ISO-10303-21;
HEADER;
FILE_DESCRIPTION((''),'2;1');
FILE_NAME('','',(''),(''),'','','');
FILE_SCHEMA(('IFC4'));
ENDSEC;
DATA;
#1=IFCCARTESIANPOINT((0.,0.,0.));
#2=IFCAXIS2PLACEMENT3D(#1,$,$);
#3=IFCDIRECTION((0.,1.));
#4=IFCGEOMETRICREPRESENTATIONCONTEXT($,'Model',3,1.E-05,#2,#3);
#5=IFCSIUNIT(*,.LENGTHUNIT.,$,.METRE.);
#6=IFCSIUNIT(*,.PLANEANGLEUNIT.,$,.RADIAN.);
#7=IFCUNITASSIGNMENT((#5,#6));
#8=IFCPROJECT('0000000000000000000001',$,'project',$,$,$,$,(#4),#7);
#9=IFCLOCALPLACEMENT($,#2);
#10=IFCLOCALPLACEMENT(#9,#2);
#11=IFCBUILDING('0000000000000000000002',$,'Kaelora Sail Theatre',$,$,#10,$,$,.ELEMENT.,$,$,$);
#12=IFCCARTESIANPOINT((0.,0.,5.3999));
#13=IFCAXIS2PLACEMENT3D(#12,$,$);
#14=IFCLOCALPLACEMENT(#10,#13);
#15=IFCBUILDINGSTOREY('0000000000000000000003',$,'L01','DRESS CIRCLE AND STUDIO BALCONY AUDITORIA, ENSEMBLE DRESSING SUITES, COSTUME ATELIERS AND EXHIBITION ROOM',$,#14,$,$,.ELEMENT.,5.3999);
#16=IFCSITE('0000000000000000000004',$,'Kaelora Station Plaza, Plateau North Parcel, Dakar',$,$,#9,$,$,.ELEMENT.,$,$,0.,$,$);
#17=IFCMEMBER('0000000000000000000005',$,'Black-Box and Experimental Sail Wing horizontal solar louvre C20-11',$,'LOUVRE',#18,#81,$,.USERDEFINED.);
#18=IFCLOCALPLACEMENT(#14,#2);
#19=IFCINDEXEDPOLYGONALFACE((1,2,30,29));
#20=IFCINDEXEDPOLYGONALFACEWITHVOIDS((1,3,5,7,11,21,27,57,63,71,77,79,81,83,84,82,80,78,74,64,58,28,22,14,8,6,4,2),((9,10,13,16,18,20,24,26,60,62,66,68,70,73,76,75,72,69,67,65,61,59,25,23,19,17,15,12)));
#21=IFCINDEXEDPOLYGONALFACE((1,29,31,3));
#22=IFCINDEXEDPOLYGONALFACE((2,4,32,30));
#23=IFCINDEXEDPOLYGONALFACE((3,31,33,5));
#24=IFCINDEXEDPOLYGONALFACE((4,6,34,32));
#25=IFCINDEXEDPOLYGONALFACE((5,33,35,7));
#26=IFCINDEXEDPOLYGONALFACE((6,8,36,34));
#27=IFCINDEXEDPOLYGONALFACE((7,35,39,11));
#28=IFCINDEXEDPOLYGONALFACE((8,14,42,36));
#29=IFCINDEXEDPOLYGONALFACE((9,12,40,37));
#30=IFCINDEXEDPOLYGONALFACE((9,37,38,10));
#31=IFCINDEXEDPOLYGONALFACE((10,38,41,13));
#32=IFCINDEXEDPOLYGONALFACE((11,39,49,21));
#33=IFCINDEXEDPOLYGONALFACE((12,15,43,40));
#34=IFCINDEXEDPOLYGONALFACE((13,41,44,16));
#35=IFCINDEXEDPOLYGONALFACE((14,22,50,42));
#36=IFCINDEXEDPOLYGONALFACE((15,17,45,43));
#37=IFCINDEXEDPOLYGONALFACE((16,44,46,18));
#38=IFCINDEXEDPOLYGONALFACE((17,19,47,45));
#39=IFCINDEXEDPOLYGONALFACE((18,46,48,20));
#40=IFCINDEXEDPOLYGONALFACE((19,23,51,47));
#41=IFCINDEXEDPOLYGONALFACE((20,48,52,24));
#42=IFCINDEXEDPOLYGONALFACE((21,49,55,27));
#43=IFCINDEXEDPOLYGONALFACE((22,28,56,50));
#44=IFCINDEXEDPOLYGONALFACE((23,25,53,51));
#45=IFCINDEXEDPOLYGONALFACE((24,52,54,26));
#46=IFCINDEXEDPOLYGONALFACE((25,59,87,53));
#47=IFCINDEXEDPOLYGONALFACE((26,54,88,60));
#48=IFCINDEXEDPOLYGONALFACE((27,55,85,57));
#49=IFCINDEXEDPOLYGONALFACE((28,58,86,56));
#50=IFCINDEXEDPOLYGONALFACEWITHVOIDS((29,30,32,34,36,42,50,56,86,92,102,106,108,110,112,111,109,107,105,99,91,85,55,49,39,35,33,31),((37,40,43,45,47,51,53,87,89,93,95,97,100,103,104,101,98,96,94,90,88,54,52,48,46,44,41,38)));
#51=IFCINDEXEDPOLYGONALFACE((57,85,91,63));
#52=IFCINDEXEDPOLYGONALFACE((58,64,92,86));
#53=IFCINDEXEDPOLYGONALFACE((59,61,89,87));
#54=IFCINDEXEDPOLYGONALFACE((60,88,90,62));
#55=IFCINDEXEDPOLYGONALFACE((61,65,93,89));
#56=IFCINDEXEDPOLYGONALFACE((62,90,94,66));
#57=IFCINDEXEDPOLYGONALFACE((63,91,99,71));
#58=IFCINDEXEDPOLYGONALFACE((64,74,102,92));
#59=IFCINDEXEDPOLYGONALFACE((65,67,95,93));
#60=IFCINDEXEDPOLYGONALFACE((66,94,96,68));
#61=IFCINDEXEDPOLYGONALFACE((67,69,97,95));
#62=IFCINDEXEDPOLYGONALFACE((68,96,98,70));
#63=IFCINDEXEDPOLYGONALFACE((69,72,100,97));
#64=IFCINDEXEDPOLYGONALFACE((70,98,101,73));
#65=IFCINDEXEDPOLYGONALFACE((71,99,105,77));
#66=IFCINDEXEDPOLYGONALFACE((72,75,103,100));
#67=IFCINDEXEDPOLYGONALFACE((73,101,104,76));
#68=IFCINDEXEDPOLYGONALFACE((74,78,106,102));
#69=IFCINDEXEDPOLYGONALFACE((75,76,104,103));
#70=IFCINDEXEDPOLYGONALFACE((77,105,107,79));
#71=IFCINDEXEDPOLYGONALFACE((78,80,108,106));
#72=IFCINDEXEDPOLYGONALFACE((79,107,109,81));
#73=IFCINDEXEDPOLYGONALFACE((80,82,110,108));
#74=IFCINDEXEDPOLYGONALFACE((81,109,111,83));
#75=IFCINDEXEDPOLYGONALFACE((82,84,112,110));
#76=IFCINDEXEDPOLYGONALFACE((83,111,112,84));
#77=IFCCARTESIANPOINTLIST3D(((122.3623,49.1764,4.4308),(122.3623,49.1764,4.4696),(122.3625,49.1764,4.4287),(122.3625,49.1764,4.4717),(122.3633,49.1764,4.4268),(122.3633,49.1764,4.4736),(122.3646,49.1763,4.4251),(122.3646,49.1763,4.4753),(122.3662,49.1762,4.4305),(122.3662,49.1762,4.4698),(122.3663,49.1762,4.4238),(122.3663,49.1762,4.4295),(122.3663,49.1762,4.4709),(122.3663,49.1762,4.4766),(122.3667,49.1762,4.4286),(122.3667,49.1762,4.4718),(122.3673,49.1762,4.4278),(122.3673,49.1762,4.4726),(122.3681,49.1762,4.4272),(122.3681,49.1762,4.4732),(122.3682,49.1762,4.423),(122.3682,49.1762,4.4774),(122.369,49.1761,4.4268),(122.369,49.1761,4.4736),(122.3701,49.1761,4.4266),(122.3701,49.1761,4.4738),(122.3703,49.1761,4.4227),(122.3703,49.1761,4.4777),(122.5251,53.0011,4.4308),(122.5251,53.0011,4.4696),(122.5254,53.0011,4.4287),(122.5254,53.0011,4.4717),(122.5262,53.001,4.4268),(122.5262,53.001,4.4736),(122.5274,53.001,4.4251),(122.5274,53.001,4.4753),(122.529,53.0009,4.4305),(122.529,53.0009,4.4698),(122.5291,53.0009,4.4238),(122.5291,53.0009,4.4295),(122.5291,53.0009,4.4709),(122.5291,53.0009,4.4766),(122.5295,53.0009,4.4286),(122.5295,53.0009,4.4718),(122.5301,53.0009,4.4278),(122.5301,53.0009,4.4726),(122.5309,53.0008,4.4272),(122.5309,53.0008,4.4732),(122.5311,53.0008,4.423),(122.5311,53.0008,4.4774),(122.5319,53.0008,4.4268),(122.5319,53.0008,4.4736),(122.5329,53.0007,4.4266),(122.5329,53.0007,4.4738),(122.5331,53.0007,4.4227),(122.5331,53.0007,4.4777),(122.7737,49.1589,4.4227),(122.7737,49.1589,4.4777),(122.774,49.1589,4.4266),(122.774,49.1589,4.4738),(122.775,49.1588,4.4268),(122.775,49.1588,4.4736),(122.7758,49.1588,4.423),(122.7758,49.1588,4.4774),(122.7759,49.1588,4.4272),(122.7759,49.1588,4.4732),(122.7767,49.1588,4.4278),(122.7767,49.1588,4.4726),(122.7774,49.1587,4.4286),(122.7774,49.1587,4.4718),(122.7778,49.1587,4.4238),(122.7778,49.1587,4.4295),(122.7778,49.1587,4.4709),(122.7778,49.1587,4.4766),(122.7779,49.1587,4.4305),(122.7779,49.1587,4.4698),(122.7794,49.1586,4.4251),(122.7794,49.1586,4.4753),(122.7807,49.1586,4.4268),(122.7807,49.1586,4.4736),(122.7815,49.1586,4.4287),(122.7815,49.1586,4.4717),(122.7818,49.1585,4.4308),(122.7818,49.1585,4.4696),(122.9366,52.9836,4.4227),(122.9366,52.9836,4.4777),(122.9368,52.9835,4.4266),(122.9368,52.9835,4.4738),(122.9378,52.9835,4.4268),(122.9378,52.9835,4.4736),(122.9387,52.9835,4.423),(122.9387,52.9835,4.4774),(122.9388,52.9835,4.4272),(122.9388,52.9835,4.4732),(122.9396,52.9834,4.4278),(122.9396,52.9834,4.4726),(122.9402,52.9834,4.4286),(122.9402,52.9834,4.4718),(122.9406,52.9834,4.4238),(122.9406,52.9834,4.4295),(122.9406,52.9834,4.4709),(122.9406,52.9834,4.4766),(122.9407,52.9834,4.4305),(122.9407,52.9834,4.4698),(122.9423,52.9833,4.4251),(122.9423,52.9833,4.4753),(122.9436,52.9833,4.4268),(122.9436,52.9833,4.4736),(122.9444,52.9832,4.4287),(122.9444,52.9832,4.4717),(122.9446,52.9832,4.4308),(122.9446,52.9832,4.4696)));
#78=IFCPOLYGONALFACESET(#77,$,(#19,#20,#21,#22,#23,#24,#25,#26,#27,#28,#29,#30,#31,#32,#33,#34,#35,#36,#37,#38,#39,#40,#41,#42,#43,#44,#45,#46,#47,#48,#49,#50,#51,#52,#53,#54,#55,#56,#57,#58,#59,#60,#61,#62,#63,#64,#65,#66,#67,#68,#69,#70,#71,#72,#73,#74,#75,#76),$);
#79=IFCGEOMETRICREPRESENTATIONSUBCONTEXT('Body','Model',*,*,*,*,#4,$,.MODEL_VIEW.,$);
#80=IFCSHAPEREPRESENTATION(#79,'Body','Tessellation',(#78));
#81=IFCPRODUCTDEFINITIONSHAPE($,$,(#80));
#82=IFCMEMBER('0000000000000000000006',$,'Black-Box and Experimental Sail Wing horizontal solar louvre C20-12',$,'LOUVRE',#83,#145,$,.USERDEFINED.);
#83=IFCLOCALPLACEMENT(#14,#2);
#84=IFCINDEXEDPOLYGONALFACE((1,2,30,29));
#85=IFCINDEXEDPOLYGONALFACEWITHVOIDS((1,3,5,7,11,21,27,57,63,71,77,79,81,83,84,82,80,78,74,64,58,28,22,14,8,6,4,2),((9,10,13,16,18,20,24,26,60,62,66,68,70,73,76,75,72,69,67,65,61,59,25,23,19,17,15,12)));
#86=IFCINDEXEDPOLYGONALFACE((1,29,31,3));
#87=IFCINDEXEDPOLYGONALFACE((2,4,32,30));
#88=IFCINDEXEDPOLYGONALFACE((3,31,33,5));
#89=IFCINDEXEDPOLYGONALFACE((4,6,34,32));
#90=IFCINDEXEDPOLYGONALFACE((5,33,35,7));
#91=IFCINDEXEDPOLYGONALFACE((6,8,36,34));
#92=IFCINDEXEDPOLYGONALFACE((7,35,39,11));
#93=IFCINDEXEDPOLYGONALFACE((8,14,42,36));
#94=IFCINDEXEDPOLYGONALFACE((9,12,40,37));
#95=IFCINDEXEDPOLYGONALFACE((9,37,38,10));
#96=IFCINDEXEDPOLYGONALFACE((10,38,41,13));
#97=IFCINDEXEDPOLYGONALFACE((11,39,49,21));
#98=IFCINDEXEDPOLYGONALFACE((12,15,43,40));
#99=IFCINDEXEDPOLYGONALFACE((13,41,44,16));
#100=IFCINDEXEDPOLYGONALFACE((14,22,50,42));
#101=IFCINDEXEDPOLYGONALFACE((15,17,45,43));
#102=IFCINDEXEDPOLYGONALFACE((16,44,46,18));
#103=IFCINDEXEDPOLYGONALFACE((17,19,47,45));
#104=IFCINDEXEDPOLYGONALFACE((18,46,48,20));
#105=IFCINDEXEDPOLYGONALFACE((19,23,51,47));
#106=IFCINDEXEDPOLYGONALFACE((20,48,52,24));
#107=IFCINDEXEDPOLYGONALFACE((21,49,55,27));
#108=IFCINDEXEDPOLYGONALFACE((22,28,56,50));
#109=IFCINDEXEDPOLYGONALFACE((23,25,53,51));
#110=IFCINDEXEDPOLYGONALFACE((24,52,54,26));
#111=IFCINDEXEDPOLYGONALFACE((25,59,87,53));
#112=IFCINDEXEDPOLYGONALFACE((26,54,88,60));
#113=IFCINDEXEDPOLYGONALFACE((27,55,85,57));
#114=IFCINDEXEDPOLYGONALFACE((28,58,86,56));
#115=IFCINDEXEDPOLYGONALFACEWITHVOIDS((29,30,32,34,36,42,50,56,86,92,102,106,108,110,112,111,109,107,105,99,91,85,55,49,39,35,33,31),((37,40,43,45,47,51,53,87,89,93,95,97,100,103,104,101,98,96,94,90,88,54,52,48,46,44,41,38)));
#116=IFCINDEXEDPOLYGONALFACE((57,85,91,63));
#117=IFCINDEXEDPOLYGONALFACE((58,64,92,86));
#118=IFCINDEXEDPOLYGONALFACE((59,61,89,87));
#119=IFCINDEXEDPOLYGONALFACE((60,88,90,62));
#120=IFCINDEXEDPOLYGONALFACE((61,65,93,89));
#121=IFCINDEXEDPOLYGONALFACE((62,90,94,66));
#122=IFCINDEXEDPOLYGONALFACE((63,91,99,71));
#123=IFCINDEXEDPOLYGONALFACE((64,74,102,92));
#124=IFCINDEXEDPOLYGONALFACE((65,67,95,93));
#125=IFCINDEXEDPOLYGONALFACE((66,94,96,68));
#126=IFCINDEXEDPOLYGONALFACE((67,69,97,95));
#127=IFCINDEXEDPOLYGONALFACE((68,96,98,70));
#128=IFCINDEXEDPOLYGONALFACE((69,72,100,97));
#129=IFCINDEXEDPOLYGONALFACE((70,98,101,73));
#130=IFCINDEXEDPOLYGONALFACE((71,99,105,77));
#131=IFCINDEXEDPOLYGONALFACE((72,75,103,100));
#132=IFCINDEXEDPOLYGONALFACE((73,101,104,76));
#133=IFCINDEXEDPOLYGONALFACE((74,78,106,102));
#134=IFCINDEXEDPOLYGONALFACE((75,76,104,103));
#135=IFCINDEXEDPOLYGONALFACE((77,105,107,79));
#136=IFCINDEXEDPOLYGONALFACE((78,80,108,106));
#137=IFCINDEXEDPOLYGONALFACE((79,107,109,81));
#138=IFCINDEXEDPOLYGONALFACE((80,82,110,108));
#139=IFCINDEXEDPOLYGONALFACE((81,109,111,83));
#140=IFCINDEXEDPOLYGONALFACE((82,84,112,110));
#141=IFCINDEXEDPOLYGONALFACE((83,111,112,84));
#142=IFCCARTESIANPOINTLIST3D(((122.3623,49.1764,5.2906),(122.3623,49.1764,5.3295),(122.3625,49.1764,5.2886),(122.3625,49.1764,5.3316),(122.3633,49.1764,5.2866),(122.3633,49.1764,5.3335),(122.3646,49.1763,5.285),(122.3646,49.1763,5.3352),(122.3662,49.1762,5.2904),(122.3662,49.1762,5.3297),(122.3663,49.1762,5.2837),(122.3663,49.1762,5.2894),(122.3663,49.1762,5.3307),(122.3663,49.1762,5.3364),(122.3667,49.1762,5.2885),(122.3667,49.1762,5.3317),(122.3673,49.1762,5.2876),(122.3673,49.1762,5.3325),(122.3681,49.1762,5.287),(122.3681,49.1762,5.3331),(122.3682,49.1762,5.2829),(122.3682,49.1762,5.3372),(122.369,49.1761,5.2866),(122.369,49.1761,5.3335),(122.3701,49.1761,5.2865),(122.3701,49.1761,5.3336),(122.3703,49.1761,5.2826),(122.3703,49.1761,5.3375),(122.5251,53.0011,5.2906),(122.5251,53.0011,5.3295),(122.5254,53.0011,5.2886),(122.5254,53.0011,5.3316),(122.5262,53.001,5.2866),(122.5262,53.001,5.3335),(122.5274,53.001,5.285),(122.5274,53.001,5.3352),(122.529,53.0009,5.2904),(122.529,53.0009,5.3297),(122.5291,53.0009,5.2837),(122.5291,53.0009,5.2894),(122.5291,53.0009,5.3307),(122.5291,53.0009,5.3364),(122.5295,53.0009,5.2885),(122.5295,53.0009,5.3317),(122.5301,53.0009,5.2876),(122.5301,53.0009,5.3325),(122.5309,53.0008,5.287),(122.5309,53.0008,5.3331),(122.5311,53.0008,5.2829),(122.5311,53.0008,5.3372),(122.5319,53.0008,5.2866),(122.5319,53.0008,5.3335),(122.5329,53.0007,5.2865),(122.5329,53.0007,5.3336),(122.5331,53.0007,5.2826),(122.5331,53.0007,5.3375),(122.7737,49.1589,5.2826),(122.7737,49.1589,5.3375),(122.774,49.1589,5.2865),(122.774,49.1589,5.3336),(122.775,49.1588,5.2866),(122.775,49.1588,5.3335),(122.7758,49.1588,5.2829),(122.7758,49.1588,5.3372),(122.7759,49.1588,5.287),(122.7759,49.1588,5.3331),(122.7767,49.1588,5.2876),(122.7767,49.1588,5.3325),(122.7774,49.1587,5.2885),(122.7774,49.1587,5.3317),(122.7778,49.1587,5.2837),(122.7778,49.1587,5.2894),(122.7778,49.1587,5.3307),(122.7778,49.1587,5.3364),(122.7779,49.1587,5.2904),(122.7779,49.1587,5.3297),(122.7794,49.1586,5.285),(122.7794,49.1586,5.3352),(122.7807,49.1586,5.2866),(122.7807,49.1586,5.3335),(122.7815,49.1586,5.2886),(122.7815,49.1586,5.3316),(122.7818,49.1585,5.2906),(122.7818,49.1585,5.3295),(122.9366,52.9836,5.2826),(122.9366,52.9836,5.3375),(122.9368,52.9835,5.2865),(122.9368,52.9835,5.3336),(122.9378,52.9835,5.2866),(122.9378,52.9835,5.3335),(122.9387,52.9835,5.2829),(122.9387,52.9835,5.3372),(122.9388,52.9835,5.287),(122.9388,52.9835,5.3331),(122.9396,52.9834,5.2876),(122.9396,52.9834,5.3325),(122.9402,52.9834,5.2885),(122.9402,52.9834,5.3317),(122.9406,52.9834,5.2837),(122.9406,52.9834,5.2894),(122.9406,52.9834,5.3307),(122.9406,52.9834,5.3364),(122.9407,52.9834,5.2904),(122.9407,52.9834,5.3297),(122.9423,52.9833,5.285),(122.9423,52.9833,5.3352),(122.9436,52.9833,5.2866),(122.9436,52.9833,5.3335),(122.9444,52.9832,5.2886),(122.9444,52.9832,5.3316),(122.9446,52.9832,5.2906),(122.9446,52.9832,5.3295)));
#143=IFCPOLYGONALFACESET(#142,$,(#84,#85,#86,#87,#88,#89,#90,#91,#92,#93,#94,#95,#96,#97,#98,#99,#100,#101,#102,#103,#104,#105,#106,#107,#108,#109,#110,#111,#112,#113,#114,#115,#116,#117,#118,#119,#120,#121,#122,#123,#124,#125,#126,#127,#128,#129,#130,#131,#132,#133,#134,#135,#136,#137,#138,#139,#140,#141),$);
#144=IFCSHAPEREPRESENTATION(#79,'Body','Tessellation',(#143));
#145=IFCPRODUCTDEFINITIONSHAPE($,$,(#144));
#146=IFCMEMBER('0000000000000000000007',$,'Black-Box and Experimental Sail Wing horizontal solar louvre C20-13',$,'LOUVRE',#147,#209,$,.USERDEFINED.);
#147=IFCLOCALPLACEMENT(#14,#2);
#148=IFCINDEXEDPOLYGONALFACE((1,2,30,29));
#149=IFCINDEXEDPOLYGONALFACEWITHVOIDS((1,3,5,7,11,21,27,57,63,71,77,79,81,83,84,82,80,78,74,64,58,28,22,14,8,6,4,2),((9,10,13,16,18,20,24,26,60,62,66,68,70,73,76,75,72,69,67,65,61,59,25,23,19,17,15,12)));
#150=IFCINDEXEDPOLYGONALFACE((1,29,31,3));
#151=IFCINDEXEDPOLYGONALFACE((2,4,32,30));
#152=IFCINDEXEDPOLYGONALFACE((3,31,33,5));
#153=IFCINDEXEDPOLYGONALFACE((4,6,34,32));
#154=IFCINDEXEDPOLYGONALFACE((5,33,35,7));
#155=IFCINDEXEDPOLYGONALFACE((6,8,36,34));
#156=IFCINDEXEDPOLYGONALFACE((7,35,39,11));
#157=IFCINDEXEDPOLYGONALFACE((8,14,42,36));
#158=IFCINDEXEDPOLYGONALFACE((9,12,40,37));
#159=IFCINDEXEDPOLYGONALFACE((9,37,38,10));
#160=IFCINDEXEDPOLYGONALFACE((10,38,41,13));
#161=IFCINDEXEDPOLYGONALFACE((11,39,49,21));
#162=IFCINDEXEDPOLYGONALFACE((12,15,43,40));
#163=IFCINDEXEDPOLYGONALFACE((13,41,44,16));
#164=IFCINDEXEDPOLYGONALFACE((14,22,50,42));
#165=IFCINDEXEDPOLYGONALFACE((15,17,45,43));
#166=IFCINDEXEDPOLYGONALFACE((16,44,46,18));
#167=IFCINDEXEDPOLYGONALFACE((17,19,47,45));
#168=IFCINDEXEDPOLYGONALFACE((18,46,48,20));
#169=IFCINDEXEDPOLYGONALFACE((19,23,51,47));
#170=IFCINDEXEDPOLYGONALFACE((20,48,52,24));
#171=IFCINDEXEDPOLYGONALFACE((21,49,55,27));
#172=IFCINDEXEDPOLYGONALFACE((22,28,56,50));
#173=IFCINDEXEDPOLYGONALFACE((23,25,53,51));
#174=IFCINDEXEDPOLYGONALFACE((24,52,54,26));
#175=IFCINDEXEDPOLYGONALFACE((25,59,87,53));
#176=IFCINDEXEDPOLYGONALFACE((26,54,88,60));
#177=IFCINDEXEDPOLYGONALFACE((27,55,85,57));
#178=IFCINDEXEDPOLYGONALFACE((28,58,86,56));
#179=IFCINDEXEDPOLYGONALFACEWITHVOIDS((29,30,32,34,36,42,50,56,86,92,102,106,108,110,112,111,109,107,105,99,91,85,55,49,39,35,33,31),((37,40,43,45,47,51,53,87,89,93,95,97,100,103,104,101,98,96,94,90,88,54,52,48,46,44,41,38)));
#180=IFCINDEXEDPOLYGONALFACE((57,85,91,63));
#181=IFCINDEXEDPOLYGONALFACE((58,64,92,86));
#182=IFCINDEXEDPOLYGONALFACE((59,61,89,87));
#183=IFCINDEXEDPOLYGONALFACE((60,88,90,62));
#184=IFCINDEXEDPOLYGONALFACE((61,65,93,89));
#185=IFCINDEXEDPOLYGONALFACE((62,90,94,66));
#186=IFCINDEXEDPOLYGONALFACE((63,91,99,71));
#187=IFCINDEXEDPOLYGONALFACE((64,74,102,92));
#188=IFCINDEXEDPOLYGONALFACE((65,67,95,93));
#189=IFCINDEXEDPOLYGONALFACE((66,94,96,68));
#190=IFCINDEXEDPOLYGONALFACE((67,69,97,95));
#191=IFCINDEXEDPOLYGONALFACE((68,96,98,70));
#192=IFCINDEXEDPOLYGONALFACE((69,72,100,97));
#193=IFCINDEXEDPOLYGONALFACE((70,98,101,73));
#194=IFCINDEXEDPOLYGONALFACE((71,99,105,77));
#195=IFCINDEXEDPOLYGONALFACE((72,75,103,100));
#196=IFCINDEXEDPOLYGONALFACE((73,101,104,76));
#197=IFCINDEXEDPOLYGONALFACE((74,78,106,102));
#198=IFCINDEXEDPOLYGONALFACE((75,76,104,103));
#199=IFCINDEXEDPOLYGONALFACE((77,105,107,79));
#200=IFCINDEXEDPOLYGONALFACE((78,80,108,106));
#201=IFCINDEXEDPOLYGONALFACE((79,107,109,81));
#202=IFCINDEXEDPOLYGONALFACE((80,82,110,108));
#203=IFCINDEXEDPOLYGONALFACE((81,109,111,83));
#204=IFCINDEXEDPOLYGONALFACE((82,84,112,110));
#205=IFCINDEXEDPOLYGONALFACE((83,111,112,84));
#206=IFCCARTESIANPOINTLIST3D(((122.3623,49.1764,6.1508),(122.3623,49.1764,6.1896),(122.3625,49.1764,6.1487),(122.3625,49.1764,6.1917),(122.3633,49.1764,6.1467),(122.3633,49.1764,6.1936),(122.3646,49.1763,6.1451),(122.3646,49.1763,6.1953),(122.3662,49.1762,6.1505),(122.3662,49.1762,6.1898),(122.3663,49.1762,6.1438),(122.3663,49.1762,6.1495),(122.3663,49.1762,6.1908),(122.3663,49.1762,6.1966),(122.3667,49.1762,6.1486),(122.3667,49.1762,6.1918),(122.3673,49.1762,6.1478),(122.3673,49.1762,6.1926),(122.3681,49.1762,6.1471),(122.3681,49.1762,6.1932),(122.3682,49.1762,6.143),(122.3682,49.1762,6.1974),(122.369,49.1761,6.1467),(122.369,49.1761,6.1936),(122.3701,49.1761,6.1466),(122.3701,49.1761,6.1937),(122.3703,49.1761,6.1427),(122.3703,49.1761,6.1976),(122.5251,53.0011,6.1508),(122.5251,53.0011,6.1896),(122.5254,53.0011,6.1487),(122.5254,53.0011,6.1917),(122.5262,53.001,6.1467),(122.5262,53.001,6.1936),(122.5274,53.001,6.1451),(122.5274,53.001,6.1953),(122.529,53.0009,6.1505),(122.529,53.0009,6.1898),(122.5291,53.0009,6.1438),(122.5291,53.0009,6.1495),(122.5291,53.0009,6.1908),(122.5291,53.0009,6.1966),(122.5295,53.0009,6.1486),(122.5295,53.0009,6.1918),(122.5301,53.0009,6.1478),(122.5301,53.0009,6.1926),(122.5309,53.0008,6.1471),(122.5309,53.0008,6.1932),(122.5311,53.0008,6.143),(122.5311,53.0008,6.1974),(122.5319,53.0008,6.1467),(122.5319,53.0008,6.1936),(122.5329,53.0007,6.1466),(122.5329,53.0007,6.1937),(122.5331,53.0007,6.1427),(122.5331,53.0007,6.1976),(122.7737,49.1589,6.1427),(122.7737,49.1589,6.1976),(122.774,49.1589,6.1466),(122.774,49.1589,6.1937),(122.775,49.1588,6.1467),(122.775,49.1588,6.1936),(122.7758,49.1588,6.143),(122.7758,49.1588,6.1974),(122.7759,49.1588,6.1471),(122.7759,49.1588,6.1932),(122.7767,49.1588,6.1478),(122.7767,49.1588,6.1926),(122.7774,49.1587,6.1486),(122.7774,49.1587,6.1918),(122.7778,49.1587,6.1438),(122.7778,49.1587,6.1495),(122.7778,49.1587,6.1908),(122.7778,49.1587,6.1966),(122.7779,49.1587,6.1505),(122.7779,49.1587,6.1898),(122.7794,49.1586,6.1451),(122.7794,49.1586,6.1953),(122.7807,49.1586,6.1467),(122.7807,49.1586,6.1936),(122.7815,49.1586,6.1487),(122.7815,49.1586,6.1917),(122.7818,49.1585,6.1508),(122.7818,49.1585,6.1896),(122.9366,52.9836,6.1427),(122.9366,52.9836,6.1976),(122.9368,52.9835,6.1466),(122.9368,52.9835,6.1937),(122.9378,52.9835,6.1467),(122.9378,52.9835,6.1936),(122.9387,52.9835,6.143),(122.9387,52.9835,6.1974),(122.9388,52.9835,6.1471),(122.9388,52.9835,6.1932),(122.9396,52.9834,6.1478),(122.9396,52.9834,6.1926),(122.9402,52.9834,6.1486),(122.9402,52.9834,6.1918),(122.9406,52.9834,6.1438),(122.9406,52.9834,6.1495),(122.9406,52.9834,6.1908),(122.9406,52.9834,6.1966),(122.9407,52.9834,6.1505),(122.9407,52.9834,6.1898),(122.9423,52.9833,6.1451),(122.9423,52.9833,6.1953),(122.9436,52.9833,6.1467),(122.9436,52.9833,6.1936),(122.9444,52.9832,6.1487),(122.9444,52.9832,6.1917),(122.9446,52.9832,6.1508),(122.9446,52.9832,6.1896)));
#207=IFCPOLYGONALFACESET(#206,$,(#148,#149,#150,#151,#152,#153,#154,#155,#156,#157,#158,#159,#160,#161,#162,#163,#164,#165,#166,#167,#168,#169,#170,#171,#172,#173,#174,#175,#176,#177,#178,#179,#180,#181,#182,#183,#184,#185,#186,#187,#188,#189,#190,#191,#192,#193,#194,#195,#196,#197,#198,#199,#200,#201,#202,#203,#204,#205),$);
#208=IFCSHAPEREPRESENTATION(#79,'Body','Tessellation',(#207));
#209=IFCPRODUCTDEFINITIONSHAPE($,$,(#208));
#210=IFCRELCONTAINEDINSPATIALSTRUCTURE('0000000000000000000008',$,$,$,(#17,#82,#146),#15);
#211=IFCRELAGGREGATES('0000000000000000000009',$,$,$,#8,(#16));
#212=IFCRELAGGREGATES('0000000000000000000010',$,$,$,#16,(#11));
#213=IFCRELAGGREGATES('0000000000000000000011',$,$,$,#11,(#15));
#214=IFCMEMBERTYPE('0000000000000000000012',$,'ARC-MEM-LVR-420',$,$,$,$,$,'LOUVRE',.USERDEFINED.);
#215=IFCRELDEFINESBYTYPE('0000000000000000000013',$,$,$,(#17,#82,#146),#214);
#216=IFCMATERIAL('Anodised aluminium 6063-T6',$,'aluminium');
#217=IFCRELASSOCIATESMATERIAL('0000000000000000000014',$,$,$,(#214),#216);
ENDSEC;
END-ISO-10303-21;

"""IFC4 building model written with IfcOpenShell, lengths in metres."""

from ifc_helpers import new_model, si_unit, direction, frame, origin, origin_2d, place, context, subcontext, project, spatial, hollow_rectangle, extrude, material, material_profile, profile_set, type_object, element, save


model = new_model("IFC4")

# Units and contexts
model_context = context("Model", 3, precision=1e-05, world=origin(), true_north=direction((0.0, 1.0)))
body_context = subcontext(model_context, "Body", "Model", "MODEL_VIEW")
ifc_project = project(units=[si_unit("LENGTHUNIT", "METRE"), si_unit("PLANEANGLEUNIT", "RADIAN")], contexts=[model_context])

# Site, building, storey
site_placement = place(None, origin())
site = spatial("IfcSite", under=ifc_project, at=site_placement, Name="Kaelora Station Plaza, Plateau North Parcel, Dakar", CompositionType="ELEMENT", RefElevation=0.0)
building_placement = place(site_placement, origin())
building = spatial("IfcBuilding", under=site, at=building_placement, Name="Kaelora Sail Theatre", CompositionType="ELEMENT")
storey_placement = place(building_placement, frame((0.0, 0.0, 5.3999)))
storey = spatial("IfcBuildingStorey", under=building, at=storey_placement, Name="L01", Description="DRESS CIRCLE AND STUDIO BALCONY AUDITORIA, ENSEMBLE DRESSING SUITES, COSTUME ATELIERS AND EXHIBITION ROOM", CompositionType="ELEMENT", Elevation=5.3999)

# Members
ifc_material_1 = material(Name="Anodised aluminium 6063-T6", Category="aluminium")
ifc_material_profile_1 = material_profile(ifc_material_1, hollow_rectangle(XDim=0.4199, YDim=0.0549, WallThickness=0.0039, InnerFilletRadius=0.0039, OuterFilletRadius=0.0081, at=origin_2d()), Name="LOUVRE 420x55x4")
ifc_profile_set_1 = profile_set([ifc_material_profile_1], Name="Anodised aluminium 6063-T6")
member_type_1 = type_object("IfcMemberType", Name="ARC-MEM-LVR-420", ElementType="LOUVRE", PredefinedType="USERDEFINED", material=ifc_profile_set_1)
for number, where, z_axis, x_axis, name in (
    (1, (122.572, 49.1675, 4.4502), (0.042538, 0.999095, 0.0), (-0.999095, 0.042538, 0.0), "Black-Box and Experimental Sail Wing horizontal solar louvre C20-11"),
    (2, (122.572, 49.1675, 5.3101), (0.042538, 0.999095, 0.0), (-0.999095, 0.042538, 0.0), "Black-Box and Experimental Sail Wing horizontal solar louvre C20-12"),
    (3, (122.572, 49.1675, 6.1702), (0.042538, 0.999095, 0.0), (-0.999095, 0.042538, 0.0), "Black-Box and Experimental Sail Wing horizontal solar louvre C20-13"),
):
    element("IfcMember", number, at=place(storey_placement, frame(where, z_axis=z_axis, x_axis=x_axis)), inside=storey, type_object=member_type_1, Name=name, ObjectType="LOUVRE", PredefinedType="USERDEFINED", context=body_context, shape_type="SweptSolid", body=[
        extrude(hollow_rectangle(XDim=0.4199, YDim=0.0549, WallThickness=0.0039, InnerFilletRadius=0.0039, OuterFilletRadius=0.0081, at=origin_2d()), origin(), (0.0, 0.0, 1.0), 3.8281),
    ])

save(model, "model.ifc")
